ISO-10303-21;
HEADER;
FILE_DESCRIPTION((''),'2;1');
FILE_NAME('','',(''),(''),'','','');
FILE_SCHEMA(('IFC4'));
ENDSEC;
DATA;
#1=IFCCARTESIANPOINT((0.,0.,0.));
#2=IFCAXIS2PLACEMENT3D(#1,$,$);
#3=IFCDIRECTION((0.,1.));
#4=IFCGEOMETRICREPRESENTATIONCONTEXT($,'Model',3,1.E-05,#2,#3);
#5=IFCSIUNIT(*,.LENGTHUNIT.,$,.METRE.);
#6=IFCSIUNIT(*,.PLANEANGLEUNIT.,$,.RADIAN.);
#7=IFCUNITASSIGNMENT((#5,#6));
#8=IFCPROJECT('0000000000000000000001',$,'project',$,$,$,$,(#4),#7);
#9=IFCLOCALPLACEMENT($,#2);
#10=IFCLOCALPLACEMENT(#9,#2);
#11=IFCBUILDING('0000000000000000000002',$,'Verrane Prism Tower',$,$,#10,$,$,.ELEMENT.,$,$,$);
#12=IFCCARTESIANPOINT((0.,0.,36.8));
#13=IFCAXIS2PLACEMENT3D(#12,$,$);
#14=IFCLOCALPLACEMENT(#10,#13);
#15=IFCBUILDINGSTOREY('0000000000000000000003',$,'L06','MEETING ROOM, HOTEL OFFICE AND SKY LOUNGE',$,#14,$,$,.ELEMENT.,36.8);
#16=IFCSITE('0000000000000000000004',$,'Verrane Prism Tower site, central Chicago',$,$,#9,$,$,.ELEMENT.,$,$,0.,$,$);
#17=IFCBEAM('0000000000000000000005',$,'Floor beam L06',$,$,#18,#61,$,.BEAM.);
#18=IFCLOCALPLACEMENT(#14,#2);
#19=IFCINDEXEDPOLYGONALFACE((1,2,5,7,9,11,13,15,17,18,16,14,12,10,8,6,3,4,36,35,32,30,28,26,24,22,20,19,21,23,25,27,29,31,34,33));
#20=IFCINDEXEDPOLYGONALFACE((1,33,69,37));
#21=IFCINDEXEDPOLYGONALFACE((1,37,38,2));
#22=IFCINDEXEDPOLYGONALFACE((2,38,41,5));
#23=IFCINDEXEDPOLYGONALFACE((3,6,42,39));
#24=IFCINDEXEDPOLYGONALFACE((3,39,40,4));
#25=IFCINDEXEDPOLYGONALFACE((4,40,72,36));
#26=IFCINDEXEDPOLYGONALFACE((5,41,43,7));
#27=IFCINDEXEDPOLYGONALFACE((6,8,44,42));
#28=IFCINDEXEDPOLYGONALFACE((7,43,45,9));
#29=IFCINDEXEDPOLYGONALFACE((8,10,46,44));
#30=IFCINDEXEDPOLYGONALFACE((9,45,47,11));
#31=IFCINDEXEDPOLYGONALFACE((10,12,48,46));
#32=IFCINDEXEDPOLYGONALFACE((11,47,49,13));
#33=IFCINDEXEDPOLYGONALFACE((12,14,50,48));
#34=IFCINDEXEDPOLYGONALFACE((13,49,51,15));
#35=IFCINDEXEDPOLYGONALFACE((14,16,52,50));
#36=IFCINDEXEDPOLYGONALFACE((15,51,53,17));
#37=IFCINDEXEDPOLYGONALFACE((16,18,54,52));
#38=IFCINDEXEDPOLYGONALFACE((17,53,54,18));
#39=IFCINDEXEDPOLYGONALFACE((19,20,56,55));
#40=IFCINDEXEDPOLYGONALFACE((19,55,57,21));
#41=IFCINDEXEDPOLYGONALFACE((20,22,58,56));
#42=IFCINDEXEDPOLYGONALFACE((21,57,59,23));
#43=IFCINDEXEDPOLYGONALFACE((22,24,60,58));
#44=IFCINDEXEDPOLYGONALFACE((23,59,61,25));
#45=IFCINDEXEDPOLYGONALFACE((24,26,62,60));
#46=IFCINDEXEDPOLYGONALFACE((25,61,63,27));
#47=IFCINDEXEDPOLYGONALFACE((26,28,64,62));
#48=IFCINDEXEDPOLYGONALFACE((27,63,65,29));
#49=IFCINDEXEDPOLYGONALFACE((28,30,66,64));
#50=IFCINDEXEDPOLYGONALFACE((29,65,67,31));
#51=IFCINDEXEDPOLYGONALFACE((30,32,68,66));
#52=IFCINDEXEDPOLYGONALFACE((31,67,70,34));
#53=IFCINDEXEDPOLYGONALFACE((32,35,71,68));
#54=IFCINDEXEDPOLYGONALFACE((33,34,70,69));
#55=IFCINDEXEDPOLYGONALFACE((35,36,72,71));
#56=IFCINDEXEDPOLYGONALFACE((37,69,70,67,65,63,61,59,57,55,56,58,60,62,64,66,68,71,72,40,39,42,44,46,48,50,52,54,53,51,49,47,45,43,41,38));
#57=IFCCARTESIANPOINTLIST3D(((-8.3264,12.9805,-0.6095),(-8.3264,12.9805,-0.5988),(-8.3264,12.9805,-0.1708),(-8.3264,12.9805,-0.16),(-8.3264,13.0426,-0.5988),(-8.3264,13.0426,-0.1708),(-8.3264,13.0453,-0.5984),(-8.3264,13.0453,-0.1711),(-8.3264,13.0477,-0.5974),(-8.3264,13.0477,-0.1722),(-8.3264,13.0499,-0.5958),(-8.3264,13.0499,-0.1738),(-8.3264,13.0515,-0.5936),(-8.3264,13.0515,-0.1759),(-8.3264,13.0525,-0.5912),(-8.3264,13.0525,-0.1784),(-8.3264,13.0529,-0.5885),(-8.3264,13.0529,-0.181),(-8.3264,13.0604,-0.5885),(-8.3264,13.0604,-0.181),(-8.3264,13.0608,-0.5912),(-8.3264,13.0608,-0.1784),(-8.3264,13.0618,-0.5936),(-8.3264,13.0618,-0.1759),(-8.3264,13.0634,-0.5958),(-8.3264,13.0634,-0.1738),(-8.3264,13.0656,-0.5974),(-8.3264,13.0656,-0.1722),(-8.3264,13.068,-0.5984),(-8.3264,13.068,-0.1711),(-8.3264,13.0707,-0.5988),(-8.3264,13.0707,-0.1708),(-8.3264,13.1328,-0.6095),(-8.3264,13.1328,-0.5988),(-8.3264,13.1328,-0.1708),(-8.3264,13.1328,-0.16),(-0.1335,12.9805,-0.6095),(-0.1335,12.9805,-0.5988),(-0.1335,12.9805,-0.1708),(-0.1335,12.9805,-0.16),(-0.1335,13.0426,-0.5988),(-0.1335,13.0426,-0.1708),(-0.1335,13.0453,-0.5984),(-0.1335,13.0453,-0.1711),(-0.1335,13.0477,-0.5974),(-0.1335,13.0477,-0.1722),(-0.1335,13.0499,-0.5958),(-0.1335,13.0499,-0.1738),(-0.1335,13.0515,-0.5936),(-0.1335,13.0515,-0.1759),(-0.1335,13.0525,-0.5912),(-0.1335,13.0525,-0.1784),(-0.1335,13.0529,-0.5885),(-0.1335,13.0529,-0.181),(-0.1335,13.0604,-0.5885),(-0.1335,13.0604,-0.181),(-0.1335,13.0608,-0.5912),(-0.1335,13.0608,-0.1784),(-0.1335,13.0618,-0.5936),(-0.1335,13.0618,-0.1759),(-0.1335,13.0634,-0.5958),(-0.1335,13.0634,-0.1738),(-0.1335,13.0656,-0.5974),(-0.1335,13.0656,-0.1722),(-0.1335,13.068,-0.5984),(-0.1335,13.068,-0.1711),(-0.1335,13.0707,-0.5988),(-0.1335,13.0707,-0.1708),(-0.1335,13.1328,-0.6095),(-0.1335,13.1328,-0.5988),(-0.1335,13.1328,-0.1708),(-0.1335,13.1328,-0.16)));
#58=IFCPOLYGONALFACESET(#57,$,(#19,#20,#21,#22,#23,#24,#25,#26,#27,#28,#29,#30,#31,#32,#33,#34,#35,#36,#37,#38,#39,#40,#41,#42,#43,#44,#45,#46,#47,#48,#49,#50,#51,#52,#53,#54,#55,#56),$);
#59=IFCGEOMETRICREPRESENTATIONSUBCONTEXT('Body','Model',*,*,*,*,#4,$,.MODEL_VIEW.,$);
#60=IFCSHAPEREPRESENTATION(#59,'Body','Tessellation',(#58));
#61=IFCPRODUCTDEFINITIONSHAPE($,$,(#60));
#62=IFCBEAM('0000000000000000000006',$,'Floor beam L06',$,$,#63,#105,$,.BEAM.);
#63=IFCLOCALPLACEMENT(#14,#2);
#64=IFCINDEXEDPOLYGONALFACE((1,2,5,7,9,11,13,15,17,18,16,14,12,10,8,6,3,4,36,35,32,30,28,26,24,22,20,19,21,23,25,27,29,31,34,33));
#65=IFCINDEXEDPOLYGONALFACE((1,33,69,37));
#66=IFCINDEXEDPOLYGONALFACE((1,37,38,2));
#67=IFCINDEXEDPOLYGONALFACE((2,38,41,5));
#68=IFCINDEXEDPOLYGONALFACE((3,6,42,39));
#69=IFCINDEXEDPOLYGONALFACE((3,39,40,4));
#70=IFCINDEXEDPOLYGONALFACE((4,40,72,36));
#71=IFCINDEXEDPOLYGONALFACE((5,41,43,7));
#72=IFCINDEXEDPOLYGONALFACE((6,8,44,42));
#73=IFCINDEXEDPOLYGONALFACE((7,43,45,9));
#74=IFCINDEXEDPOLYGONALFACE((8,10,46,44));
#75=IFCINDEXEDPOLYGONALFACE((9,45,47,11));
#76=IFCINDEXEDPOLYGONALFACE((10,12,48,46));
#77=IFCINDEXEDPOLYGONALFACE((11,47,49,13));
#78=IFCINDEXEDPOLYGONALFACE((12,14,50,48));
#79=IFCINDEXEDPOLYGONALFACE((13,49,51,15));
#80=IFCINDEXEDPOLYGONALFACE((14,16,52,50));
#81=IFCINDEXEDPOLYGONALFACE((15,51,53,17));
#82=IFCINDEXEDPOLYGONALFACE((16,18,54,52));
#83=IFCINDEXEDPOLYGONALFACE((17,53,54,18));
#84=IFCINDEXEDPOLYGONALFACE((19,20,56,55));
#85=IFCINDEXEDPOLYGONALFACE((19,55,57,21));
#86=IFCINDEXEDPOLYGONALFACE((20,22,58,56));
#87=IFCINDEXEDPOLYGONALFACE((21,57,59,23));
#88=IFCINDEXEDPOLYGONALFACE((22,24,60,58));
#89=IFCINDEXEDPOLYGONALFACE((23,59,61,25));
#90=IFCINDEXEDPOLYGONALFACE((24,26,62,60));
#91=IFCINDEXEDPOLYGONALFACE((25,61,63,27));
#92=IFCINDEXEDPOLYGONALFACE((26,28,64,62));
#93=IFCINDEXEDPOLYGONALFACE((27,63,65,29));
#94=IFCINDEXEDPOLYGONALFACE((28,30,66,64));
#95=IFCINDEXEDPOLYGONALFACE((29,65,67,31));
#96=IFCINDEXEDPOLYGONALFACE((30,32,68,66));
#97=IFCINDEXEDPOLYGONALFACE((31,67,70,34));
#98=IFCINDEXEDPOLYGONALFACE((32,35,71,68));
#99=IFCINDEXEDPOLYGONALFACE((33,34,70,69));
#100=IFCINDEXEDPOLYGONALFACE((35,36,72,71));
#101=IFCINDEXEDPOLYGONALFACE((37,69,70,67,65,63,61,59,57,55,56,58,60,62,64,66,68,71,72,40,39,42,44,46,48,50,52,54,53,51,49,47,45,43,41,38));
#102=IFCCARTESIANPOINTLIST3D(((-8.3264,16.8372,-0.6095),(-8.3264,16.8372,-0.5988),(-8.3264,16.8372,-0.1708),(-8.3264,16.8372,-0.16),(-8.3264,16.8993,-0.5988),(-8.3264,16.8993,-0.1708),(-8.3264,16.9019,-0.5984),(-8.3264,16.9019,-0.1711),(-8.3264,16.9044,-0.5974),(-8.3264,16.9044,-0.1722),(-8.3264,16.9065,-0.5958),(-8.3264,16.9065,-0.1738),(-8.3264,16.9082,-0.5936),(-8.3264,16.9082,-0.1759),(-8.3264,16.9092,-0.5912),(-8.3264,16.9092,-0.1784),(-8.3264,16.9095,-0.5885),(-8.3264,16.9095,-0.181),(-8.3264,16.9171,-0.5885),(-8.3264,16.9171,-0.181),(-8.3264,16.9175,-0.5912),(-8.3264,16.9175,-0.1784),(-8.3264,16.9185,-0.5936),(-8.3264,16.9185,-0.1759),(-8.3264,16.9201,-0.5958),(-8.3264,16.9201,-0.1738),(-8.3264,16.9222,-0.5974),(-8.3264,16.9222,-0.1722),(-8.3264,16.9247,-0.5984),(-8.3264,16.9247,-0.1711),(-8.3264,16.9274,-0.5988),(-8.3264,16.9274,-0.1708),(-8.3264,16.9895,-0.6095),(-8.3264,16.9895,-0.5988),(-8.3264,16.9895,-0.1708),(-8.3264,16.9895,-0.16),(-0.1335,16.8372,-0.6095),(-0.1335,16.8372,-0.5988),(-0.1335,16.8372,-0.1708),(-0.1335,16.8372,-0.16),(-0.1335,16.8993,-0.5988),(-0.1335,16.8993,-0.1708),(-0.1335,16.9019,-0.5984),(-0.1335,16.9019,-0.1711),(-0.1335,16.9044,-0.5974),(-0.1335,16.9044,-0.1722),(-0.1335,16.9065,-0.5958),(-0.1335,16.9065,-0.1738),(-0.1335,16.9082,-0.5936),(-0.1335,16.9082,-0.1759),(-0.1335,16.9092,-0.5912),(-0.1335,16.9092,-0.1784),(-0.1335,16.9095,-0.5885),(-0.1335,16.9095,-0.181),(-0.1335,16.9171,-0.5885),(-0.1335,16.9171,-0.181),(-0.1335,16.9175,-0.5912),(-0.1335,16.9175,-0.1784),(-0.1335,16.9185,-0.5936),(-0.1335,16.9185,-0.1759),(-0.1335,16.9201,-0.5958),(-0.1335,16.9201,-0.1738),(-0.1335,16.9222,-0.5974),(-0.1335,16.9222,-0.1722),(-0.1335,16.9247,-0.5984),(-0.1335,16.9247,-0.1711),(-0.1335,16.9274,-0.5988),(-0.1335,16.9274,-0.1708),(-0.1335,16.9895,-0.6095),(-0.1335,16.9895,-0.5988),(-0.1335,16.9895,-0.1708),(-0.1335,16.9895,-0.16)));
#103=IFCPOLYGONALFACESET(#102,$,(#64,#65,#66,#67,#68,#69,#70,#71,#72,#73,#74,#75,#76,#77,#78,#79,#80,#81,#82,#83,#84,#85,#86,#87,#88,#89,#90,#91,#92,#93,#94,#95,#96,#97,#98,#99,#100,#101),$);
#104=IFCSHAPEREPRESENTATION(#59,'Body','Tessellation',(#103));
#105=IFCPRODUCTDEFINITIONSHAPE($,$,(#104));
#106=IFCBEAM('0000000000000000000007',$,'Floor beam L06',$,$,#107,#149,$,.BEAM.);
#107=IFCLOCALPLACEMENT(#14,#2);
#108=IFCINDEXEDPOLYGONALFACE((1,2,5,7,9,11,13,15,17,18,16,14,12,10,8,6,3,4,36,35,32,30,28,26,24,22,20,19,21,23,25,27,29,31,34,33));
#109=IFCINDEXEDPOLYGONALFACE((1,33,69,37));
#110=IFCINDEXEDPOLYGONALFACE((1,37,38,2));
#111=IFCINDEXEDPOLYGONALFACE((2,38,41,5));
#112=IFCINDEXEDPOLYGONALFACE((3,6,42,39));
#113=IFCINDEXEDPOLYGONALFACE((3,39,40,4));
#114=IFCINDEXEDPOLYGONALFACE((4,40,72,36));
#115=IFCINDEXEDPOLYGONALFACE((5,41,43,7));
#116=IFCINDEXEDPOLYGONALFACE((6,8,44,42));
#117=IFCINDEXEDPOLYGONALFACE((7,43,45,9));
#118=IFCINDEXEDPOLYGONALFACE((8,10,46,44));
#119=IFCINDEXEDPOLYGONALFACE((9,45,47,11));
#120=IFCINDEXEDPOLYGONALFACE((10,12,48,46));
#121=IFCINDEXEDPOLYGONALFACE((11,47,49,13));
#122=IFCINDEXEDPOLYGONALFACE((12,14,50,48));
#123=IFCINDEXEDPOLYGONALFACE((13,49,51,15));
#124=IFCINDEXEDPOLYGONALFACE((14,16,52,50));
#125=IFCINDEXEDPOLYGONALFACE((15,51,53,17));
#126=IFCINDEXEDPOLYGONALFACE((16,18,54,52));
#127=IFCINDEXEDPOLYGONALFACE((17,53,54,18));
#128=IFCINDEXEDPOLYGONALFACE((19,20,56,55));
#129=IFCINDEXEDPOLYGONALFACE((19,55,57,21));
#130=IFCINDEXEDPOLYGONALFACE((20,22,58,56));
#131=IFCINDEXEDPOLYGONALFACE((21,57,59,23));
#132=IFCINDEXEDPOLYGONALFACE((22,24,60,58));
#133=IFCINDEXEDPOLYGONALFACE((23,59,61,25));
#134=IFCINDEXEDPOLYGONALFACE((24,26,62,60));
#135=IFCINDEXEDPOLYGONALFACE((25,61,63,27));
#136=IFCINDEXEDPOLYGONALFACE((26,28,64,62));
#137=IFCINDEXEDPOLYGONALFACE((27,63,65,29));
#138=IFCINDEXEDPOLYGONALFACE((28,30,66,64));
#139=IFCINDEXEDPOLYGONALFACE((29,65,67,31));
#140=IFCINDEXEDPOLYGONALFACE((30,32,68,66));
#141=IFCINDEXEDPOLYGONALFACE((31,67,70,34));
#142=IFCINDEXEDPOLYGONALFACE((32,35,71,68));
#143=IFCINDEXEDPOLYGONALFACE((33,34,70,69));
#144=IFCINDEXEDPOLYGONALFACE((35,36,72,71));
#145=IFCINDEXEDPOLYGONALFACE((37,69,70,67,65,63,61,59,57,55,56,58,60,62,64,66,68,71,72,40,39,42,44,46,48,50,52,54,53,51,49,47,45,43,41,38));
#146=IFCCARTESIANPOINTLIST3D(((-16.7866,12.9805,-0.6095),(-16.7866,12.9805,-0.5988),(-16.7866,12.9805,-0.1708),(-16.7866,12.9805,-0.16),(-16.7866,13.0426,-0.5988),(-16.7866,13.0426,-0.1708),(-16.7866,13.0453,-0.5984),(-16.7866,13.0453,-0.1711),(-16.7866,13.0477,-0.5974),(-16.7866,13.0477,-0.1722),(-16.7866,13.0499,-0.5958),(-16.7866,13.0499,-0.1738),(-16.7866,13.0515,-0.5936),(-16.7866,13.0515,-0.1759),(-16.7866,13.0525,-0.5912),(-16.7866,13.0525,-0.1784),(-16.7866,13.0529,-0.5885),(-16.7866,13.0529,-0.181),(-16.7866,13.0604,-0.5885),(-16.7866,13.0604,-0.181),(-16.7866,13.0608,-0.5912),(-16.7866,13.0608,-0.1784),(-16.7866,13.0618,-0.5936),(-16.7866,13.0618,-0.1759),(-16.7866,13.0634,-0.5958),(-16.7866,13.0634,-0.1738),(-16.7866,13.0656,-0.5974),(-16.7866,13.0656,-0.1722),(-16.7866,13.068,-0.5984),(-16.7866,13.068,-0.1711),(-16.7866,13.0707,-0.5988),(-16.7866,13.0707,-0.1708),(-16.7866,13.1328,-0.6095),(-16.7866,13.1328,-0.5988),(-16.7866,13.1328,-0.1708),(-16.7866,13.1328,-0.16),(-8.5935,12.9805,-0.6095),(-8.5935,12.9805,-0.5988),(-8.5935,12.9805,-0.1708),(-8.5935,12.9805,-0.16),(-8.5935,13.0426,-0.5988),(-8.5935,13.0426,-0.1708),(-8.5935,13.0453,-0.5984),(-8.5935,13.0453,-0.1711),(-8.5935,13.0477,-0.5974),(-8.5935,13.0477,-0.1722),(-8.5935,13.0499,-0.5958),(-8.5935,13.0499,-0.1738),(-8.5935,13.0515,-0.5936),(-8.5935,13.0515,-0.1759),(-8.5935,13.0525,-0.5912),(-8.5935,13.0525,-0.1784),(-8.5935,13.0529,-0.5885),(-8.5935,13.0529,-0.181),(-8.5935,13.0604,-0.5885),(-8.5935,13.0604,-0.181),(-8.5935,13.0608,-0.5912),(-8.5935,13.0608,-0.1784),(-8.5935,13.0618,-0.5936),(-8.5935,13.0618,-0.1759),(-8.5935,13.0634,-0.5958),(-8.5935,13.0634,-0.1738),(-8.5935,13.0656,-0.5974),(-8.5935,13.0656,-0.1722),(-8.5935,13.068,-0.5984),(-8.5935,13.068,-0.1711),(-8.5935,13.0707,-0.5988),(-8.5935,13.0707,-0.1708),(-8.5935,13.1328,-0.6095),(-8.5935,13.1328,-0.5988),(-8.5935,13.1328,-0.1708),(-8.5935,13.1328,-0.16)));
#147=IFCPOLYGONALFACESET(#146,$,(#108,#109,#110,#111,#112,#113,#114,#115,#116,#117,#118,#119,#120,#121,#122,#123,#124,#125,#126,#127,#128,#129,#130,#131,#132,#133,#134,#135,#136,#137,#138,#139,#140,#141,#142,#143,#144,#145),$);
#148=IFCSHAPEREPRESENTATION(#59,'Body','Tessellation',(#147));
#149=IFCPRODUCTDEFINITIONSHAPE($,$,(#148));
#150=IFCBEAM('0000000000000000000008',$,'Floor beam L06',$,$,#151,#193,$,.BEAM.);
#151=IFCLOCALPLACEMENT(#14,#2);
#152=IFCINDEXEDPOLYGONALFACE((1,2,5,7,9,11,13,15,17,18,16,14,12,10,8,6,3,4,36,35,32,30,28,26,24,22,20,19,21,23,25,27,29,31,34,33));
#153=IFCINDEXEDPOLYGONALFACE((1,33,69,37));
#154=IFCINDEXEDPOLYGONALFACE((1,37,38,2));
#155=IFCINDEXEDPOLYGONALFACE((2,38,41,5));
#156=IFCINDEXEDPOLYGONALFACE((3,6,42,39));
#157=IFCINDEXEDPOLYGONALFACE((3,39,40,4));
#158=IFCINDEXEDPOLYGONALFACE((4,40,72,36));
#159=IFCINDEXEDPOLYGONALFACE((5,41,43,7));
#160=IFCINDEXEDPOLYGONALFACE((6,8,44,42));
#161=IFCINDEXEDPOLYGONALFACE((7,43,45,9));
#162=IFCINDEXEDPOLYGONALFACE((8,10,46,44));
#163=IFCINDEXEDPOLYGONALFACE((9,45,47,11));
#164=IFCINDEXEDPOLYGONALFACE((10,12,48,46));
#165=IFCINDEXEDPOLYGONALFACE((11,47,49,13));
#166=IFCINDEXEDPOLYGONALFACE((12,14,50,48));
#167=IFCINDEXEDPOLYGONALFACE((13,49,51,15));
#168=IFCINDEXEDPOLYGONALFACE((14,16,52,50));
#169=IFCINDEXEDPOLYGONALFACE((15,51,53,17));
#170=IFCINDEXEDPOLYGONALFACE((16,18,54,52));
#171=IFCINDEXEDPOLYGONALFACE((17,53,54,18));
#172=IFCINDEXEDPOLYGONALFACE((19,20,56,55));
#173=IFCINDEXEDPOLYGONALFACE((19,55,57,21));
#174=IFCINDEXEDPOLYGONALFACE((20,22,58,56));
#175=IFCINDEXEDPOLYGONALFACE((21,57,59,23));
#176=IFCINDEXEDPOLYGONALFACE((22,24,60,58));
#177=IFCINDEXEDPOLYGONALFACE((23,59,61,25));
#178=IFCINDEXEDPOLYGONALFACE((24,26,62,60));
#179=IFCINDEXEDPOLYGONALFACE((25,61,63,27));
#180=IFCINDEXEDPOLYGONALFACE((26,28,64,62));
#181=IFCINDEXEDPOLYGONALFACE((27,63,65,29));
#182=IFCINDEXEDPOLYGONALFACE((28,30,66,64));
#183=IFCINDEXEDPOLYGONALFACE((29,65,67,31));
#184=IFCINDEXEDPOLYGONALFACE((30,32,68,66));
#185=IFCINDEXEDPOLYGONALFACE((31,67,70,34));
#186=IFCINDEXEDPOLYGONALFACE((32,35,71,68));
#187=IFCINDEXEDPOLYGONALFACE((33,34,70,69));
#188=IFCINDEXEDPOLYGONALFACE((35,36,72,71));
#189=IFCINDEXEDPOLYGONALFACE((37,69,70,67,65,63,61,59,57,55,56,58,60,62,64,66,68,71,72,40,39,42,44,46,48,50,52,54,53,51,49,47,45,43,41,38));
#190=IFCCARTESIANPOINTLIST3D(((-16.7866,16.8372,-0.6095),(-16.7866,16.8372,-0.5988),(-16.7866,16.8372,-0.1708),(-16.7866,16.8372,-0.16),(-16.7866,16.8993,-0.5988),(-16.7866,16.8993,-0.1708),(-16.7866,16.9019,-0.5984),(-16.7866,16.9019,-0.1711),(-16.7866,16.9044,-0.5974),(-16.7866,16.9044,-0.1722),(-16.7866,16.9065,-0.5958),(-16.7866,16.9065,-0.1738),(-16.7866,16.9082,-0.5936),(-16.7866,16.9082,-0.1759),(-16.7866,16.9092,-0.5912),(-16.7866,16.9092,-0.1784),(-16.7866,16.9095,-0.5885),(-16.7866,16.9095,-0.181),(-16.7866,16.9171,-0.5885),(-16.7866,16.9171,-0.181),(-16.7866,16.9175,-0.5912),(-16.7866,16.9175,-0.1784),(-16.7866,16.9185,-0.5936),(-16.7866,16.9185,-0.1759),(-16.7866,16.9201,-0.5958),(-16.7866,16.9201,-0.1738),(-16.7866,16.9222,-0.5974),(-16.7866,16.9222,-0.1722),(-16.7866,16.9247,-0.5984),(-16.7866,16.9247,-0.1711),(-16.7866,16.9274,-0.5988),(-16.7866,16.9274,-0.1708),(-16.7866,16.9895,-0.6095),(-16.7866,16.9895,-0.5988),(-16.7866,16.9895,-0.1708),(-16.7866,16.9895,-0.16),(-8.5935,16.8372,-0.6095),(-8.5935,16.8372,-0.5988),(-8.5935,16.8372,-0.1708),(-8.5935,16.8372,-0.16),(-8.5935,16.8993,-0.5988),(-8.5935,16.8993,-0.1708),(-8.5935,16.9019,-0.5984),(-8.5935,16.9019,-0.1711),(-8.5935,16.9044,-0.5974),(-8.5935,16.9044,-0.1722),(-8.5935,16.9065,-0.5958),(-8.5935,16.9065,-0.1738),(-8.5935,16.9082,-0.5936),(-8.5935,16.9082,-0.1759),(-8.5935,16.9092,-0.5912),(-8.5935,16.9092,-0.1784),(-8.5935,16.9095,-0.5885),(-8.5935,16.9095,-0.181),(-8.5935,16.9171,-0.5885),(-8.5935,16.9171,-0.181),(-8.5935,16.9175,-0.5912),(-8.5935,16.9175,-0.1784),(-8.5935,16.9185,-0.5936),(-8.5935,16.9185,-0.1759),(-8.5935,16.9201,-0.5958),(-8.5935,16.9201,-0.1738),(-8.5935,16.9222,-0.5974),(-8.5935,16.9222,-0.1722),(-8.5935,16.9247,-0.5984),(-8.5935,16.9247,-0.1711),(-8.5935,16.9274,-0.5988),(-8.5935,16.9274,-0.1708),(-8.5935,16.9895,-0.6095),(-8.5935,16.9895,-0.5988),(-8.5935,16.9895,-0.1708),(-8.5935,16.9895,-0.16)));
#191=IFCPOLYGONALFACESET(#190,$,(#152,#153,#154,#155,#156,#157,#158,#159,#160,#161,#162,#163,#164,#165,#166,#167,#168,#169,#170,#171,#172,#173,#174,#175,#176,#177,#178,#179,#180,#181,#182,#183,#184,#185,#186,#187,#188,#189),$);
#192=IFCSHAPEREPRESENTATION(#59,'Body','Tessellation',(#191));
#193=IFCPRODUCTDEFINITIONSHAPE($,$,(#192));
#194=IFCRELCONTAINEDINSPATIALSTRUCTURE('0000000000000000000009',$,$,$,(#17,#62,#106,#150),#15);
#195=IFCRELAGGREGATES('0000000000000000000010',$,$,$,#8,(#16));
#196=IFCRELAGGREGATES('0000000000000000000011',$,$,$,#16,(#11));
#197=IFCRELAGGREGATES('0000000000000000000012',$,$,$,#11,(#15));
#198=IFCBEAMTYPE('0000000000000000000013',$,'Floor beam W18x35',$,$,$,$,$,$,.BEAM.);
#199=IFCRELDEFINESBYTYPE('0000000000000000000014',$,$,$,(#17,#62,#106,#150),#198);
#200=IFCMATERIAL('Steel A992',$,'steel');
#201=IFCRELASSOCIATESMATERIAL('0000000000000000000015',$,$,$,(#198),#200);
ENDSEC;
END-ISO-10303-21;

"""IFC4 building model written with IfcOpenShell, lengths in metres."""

from ifc_helpers import new_model, si_unit, direction, frame, origin, origin_2d, place, context, subcontext, project, spatial, i_section, extrude, material, material_profile, profile_set, type_object, element, save


model = new_model("IFC4")

# Units and contexts
model_context = context("Model", 3, precision=1e-05, world=origin(), true_north=direction((0.0, 1.0)))
body_context = subcontext(model_context, "Body", "Model", "MODEL_VIEW")
ifc_project = project(units=[si_unit("LENGTHUNIT", "METRE"), si_unit("PLANEANGLEUNIT", "RADIAN")], contexts=[model_context])

# Site, building, storey
site_placement = place(None, origin())
site = spatial("IfcSite", under=ifc_project, at=site_placement, Name="Verrane Prism Tower site, central Chicago", CompositionType="ELEMENT", RefElevation=0.0)
building_placement = place(site_placement, origin())
building = spatial("IfcBuilding", under=site, at=building_placement, Name="Verrane Prism Tower", CompositionType="ELEMENT")
storey_placement = place(building_placement, frame((0.0, 0.0, 36.8)))
storey = spatial("IfcBuildingStorey", under=building, at=storey_placement, Name="L06", Description="MEETING ROOM, HOTEL OFFICE AND SKY LOUNGE", CompositionType="ELEMENT", Elevation=36.8)

# Beams
ifc_material_1 = material(Name="Steel A992", Category="steel")
ifc_material_profile_1 = material_profile(ifc_material_1, i_section(OverallWidth=0.1523, OverallDepth=0.4495, WebThickness=0.0076, FlangeThickness=0.0107, FilletRadius=0.0103, at=origin_2d()), Name="W18x35")
ifc_profile_set_1 = profile_set([ifc_material_profile_1], Name="Steel A992")
beam_type_1 = type_object("IfcBeamType", Name="Floor beam W18x35", PredefinedType="BEAM", material=ifc_profile_set_1)
for number, where, z_axis, x_axis, name in (
    (1, (-8.3264, 13.0566, -0.3848), (1.0, 0.0, 0.0), (0.0, 1.0, 0.0), "Floor beam L06"),
    (2, (-8.3264, 16.9133, -0.3848), (1.0, 0.0, 0.0), (0.0, 1.0, 0.0), "Floor beam L06"),
):
    element("IfcBeam", number, at=place(storey_placement, frame(where, z_axis=z_axis, x_axis=x_axis)), inside=storey, type_object=beam_type_1, Name=name, PredefinedType="BEAM", context=body_context, shape_type="SweptSolid", body=[
        extrude(i_section(OverallWidth=0.1523, OverallDepth=0.4495, WebThickness=0.0076, FlangeThickness=0.0107, FilletRadius=0.0103, at=origin_2d()), origin(), (0.0, 0.0, 1.0), 8.1929),
    ])
for number, where, z_axis, x_axis, name in (
    (3, (-16.7866, 13.0566, -0.3848), (1.0, 0.0, 0.0), (0.0, 1.0, 0.0), "Floor beam L06"),
    (4, (-16.7866, 16.9133, -0.3848), (1.0, 0.0, 0.0), (0.0, 1.0, 0.0), "Floor beam L06"),
):
    element("IfcBeam", number, at=place(storey_placement, frame(where, z_axis=z_axis, x_axis=x_axis)), inside=storey, type_object=beam_type_1, Name=name, PredefinedType="BEAM", context=body_context, shape_type="SweptSolid", body=[
        extrude(i_section(OverallWidth=0.1523, OverallDepth=0.4495, WebThickness=0.0076, FlangeThickness=0.0107, FilletRadius=0.0103, at=origin_2d()), origin(), (0.0, 0.0, 1.0), 8.1931),
    ])

save(model, "model.ifc")
